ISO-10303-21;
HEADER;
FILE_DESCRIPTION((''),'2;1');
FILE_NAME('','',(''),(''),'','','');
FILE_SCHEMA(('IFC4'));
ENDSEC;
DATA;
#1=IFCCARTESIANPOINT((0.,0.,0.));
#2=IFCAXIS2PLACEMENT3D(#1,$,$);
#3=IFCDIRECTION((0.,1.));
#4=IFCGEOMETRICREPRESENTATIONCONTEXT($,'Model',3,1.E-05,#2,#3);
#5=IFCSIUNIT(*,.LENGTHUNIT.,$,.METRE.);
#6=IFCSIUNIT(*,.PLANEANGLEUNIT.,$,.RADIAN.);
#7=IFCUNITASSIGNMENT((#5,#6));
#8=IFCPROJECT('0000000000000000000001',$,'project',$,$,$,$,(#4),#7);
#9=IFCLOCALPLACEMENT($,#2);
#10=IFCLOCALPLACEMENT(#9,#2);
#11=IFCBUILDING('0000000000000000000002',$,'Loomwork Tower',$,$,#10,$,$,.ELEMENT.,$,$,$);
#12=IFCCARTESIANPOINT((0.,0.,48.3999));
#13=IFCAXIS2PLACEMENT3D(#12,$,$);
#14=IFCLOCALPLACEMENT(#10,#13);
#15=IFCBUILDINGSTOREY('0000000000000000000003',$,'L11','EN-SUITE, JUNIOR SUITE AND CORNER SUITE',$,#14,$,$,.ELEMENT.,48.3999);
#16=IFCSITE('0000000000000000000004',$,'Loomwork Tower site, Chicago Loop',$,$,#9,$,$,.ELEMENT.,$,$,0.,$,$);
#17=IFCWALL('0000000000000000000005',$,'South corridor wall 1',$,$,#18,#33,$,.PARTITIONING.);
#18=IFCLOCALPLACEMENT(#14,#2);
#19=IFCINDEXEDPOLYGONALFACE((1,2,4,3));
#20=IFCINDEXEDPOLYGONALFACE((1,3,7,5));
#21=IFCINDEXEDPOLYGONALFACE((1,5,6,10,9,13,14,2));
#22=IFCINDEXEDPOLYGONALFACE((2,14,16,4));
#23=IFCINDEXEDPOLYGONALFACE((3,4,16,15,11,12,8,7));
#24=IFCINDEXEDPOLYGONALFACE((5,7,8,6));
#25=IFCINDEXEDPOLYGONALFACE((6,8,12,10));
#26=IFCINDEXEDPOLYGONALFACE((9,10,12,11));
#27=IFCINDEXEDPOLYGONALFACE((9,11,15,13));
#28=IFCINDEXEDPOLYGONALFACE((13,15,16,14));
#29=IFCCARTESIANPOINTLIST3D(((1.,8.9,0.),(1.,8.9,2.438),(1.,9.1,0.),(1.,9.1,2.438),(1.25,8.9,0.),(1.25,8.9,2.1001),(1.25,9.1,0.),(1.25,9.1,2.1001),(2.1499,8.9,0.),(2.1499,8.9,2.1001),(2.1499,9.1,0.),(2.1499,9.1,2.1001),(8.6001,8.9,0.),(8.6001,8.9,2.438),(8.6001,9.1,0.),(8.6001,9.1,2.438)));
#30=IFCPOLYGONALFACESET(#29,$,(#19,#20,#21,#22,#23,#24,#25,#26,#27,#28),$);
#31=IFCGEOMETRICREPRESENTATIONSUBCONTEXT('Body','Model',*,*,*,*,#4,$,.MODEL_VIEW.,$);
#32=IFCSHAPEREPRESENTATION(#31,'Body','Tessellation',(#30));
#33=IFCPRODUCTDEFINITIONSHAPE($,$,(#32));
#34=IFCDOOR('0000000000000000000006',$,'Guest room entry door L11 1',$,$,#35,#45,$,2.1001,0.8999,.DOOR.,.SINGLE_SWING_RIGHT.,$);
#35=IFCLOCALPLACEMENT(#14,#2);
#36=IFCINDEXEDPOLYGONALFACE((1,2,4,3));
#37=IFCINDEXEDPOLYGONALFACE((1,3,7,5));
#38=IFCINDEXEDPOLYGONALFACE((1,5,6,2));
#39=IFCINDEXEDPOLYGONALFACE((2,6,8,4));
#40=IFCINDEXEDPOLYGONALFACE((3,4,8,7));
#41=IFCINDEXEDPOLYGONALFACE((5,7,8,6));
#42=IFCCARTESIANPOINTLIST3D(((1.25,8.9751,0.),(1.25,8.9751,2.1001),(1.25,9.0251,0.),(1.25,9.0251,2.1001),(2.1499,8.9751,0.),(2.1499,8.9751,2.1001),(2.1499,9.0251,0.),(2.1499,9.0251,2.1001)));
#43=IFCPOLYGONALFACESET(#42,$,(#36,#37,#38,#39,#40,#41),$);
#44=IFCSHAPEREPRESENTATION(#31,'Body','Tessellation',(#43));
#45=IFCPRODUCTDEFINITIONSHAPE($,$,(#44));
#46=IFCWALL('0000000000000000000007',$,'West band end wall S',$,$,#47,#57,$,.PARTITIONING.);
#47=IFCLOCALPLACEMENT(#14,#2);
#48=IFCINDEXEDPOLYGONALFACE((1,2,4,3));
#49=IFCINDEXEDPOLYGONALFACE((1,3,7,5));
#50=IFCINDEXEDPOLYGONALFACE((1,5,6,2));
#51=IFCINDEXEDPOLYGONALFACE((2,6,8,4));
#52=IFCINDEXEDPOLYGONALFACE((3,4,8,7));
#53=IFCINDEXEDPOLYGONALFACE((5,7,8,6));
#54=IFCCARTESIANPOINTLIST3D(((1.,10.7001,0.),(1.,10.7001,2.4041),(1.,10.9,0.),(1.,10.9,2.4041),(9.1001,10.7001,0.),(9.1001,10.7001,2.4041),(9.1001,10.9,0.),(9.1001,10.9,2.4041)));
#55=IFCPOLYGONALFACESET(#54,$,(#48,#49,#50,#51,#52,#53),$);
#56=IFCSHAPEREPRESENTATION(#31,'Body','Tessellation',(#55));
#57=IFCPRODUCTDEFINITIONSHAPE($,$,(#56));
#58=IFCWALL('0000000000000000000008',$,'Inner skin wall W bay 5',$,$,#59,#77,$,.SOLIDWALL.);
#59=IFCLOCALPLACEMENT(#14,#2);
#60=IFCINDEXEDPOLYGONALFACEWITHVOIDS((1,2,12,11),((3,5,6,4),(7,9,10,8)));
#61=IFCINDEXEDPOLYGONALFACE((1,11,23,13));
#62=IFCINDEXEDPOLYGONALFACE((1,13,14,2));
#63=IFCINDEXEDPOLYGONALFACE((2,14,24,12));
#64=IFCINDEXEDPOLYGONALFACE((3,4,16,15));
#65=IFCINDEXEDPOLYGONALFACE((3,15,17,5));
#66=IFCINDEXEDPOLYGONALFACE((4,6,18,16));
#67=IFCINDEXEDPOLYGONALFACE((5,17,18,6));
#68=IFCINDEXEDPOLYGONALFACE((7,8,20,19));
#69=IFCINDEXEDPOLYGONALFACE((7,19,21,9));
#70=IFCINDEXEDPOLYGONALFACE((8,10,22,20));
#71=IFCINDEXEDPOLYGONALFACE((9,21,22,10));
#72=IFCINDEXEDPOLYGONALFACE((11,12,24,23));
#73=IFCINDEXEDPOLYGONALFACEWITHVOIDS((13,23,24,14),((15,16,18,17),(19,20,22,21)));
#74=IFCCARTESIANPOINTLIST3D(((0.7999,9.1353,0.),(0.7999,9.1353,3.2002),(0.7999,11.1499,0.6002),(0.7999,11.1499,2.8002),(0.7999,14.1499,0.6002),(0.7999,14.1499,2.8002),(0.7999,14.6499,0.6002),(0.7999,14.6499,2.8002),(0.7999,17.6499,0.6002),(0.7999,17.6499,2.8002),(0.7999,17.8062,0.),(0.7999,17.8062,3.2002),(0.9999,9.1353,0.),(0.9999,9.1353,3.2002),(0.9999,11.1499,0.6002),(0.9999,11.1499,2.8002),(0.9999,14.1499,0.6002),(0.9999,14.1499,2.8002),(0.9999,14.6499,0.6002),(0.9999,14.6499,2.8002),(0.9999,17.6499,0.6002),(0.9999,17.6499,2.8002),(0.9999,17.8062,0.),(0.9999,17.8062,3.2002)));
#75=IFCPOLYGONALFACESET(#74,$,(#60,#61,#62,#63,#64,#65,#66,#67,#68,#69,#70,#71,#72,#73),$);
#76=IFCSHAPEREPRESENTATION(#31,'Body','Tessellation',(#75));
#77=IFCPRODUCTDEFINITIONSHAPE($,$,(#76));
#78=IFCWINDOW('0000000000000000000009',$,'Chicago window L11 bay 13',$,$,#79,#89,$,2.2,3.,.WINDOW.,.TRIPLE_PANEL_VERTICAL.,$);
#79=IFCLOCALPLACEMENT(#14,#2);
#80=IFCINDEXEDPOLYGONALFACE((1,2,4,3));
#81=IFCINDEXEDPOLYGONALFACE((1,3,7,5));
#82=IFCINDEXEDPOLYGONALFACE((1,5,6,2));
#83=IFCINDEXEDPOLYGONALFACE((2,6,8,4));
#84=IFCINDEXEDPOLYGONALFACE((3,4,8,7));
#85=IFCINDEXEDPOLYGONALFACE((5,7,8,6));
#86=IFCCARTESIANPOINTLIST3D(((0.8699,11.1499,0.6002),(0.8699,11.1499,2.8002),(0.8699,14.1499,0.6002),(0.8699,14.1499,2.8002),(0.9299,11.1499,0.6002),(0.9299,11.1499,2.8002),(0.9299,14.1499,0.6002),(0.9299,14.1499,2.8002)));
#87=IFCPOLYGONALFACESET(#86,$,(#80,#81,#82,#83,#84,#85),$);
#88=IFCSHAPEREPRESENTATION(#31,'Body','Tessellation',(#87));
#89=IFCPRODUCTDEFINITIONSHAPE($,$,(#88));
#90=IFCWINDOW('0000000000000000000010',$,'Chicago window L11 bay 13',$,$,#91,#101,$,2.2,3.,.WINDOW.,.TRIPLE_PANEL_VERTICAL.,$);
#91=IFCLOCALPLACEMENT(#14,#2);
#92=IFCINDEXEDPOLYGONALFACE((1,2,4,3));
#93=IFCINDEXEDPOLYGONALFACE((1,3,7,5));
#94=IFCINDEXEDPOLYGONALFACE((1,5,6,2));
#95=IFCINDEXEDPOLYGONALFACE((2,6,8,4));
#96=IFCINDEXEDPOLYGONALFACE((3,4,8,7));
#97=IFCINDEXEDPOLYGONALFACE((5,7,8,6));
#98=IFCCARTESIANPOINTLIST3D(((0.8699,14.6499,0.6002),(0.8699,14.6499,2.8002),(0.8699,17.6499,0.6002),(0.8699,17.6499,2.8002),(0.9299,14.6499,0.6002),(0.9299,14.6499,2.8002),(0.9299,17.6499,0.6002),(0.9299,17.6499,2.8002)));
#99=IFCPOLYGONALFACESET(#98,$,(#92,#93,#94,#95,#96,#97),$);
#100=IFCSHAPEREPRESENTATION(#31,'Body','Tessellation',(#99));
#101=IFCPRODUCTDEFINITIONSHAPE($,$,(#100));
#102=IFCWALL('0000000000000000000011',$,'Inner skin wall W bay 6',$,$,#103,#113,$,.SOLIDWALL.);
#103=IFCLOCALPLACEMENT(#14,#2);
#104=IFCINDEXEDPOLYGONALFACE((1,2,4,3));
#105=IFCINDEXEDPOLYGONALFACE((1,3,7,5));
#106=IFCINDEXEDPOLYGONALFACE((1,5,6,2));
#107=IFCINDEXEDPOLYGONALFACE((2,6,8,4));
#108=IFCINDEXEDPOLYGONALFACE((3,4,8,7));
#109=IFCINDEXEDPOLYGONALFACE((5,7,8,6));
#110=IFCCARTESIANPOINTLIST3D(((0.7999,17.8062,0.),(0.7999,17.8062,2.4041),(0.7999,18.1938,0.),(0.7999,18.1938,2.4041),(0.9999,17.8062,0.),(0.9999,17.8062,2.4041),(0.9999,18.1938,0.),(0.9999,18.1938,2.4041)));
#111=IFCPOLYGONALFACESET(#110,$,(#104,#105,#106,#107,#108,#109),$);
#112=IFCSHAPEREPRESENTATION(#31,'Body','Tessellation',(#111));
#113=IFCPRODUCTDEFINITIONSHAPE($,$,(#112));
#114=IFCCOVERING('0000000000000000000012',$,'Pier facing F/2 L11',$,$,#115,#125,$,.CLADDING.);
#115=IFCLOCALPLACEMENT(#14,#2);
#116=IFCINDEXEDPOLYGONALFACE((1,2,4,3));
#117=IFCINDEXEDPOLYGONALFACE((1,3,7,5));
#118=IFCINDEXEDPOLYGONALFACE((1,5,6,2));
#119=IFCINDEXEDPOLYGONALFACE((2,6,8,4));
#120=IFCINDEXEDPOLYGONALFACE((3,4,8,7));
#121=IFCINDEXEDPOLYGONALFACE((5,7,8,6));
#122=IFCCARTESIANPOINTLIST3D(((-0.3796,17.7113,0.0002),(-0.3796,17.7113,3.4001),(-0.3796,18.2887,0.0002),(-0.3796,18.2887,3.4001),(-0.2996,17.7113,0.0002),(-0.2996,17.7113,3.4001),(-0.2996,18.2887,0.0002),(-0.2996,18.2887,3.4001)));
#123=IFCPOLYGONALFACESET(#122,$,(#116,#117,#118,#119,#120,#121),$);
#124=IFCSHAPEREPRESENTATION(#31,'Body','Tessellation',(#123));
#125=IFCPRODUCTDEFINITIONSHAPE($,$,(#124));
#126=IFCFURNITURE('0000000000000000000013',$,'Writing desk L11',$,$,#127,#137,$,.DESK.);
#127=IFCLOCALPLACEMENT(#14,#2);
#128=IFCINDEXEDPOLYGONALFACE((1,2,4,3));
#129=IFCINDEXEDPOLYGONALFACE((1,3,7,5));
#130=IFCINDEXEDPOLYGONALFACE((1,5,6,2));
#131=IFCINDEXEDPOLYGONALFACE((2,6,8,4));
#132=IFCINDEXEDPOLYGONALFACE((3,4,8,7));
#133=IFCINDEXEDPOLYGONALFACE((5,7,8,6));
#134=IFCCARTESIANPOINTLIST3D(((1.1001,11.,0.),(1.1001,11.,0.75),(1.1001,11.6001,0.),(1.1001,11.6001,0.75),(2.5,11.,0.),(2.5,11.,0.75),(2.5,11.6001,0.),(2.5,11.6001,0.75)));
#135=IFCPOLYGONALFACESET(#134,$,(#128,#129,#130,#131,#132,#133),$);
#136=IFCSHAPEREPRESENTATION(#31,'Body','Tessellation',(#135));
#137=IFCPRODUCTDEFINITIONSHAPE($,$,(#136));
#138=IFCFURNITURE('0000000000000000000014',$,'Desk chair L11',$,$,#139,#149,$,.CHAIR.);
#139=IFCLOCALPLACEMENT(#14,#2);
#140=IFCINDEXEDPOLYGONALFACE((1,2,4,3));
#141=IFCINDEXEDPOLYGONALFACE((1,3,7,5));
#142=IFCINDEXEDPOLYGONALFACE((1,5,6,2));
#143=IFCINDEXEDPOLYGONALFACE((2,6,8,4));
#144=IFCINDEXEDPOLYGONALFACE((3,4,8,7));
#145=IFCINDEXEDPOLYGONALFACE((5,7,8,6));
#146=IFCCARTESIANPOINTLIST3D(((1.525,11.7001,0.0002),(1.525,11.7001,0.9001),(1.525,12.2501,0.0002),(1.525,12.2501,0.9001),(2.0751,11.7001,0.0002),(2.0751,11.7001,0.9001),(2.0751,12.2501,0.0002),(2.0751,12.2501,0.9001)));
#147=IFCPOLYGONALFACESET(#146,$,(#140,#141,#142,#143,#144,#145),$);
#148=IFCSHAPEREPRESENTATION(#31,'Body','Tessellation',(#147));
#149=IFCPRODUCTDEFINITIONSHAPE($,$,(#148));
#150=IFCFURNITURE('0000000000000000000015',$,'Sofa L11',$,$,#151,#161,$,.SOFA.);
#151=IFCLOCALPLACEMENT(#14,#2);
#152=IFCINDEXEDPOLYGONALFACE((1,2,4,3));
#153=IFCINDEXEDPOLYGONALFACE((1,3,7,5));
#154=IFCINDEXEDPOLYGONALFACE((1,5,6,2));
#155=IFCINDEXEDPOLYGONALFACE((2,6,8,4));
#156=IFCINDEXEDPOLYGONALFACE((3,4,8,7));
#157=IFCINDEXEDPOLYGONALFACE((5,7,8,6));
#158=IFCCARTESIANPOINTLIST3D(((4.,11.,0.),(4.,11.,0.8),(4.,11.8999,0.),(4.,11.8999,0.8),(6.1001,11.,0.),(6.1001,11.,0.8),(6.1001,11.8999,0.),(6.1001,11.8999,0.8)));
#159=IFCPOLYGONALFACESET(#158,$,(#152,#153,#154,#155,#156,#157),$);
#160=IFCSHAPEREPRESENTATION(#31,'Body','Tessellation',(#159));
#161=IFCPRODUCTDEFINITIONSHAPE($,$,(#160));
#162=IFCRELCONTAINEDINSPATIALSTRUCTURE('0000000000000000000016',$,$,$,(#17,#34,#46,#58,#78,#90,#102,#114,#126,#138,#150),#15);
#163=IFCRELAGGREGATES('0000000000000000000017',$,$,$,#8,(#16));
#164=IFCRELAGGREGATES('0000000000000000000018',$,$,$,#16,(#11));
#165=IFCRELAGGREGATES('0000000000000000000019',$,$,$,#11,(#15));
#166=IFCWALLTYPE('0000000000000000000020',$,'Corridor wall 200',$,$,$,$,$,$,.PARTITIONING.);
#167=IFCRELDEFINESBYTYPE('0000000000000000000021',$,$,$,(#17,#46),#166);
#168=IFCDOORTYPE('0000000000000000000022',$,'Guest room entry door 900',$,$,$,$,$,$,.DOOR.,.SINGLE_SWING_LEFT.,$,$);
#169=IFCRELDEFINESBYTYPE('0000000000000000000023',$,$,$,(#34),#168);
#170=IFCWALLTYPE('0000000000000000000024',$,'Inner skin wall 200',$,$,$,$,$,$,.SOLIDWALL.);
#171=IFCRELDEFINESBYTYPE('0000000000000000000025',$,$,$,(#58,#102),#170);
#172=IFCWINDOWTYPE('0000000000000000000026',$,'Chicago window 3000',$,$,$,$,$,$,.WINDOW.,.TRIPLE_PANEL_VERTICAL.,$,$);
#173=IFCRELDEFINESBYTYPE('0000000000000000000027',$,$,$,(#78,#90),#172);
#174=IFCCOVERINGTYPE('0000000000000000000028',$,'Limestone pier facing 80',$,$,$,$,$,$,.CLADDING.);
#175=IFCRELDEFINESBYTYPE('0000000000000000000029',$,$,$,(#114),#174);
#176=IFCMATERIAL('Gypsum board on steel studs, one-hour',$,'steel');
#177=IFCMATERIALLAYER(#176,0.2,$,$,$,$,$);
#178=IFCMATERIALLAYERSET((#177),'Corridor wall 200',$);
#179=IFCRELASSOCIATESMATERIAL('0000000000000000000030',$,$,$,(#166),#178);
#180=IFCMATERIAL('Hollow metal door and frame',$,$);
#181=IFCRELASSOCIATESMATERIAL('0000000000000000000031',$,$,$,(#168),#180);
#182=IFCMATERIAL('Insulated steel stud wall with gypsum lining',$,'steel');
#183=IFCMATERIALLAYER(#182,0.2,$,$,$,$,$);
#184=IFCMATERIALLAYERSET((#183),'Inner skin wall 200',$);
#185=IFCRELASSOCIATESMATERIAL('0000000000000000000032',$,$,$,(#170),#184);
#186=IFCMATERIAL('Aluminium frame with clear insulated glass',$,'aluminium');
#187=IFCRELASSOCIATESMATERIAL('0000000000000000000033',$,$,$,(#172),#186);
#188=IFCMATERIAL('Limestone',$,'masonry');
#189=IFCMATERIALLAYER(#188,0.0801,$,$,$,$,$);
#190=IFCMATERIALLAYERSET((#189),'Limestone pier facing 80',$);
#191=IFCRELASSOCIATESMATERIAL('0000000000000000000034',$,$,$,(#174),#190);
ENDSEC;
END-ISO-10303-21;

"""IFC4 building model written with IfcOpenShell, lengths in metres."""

from ifc_helpers import new_model, si_unit, direction, frame, frame_2d, origin, origin_2d, place, context, subcontext, project, spatial, rectangle, extrude, material, layer, layer_set, type_object, element, fill, save


model = new_model("IFC4")

# Units and contexts
model_context = context("Model", 3, precision=1e-05, world=origin(), true_north=direction((0.0, 1.0)))
body_context = subcontext(model_context, "Body", "Model", "MODEL_VIEW")
ifc_project = project(units=[si_unit("LENGTHUNIT", "METRE"), si_unit("PLANEANGLEUNIT", "RADIAN")], contexts=[model_context])

# Site, building, storey
site_placement = place(None, origin())
site = spatial("IfcSite", under=ifc_project, at=site_placement, Name="Loomwork Tower site, Chicago Loop", CompositionType="ELEMENT", RefElevation=0.0)
building_placement = place(site_placement, origin())
building = spatial("IfcBuilding", under=site, at=building_placement, Name="Loomwork Tower", CompositionType="ELEMENT")
storey_placement = place(building_placement, frame((0.0, 0.0, 48.3999)))
storey = spatial("IfcBuildingStorey", under=building, at=storey_placement, Name="L11", Description="EN-SUITE, JUNIOR SUITE AND CORNER SUITE", CompositionType="ELEMENT", Elevation=48.3999)

# Wall, opening, door
ifc_material_1 = material(Name="Gypsum board on steel studs, one-hour", Category="steel")
ifc_layer_1 = layer(ifc_material_1, 0.2)
ifc_layer_set_1 = layer_set([ifc_layer_1], Name="Corridor wall 200")
wall_type_1 = type_object("IfcWallType", Name="Corridor wall 200", PredefinedType="PARTITIONING", material=ifc_layer_set_1)
wall_1_placement = place(storey_placement, frame((1.0, 9.0, 0.0), z_axis=(0.0, 0.0, 1.0), x_axis=(1.0, 0.0, 0.0)))
wall_1 = element("IfcWall", 1, at=wall_1_placement, inside=storey, type_object=wall_type_1, Name="South corridor wall 1", PredefinedType="PARTITIONING", context=body_context, shape_type="SweptSolid", body=[
    extrude(rectangle(XDim=7.6001, YDim=0.2, at=frame_2d((3.8, 0.0))), origin(), (0.0, 0.0, 1.0), 2.438),
])
opening_1_placement = place(wall_1_placement, frame((0.25, 0.0, 0.0)))
opening_1 = element("IfcOpeningElement", 2, at=opening_1_placement, cuts=wall_1, PredefinedType="OPENING", context=body_context, shape_type="SweptSolid", body=[
    extrude(rectangle(XDim=0.8999, YDim=2.1001, at=frame_2d((0.45, 1.05))), frame((0.0, 0.1099, 0.0), z_axis=(0.0, -1.0, 0.0), x_axis=(1.0, 0.0, 0.0)), (0.0, 0.0, 1.0), 0.22),
])
ifc_material_2 = material(Name="Hollow metal door and frame")
door_type = type_object("IfcDoorType", Name="Guest room entry door 900", OperationType="SINGLE_SWING_LEFT", PredefinedType="DOOR", material=ifc_material_2)
door_placement = place(opening_1_placement, frame((0.8999, 0.0, 0.0), z_axis=(0.0, 0.0, 1.0), x_axis=(-1.0, 0.0, 0.0)))
door = element("IfcDoor", 3, at=door_placement, inside=storey, type_object=door_type, Name="Guest room entry door L11 1", OperationType="SINGLE_SWING_RIGHT", OverallHeight=2.1001, OverallWidth=0.8999, PredefinedType="DOOR", context=body_context, shape_type="SweptSolid", body=[
    extrude(rectangle(XDim=0.8999, YDim=2.1001, at=frame_2d((0.45, 1.05))), frame((0.0, 0.0249, 0.0), z_axis=(0.0, -1.0, 0.0), x_axis=(1.0, 0.0, 0.0)), (0.0, 0.0, 1.0), 0.05),
])
fill(opening_1, door)

# Wall
wall_2_placement = place(storey_placement, frame((1.0, 10.8, 0.0), z_axis=(0.0, 0.0, 1.0), x_axis=(1.0, 0.0, 0.0)))
element("IfcWall", 4, at=wall_2_placement, inside=storey, type_object=wall_type_1, Name="West band end wall S", PredefinedType="PARTITIONING", context=body_context, shape_type="SweptSolid", body=[
    extrude(rectangle(XDim=8.1001, YDim=0.2, at=frame_2d((4.05, 0.0))), origin(), (0.0, 0.0, 1.0), 2.4041),
])

# Wall, openings, windows
ifc_material_3 = material(Name="Insulated steel stud wall with gypsum lining", Category="steel")
ifc_layer_2 = layer(ifc_material_3, 0.2)
ifc_layer_set_2 = layer_set([ifc_layer_2], Name="Inner skin wall 200")
wall_type_2 = type_object("IfcWallType", Name="Inner skin wall 200", PredefinedType="SOLIDWALL", material=ifc_layer_set_2)
wall_3_placement = place(storey_placement, frame((0.8999, 9.1353, 0.0), z_axis=(0.0, 0.0, 1.0), x_axis=(0.0, 1.0, 0.0)))
wall_3 = element("IfcWall", 5, at=wall_3_placement, inside=storey, type_object=wall_type_2, Name="Inner skin wall W bay 5", PredefinedType="SOLIDWALL", context=body_context, shape_type="SweptSolid", body=[
    extrude(rectangle(XDim=8.6709, YDim=0.2, at=frame_2d((4.3354, 0.0))), origin(), (0.0, 0.0, 1.0), 3.2002),
])
opening_2_placement = place(wall_3_placement, frame((2.0146, 0.0, 0.6001)))
opening_2 = element("IfcOpeningElement", 6, at=opening_2_placement, cuts=wall_3, PredefinedType="OPENING", context=body_context, shape_type="SweptSolid", body=[
    extrude(rectangle(XDim=3.0, YDim=2.2, at=frame_2d((1.5, 1.1001))), frame((0.0, 0.1099, 0.0), z_axis=(0.0, -1.0, 0.0), x_axis=(1.0, 0.0, 0.0)), (0.0, 0.0, 1.0), 0.22),
])
opening_3_placement = place(wall_3_placement, frame((5.5146, 0.0, 0.6001)))
opening_3 = element("IfcOpeningElement", 7, at=opening_3_placement, cuts=wall_3, PredefinedType="OPENING", context=body_context, shape_type="SweptSolid", body=[
    extrude(rectangle(XDim=3.0, YDim=2.2, at=frame_2d((1.5, 1.1001))), frame((0.0, 0.1099, 0.0), z_axis=(0.0, -1.0, 0.0), x_axis=(1.0, 0.0, 0.0)), (0.0, 0.0, 1.0), 0.22),
])
ifc_material_4 = material(Name="Aluminium frame with clear insulated glass", Category="aluminium")
window_type = type_object("IfcWindowType", Name="Chicago window 3000", PartitioningType="TRIPLE_PANEL_VERTICAL", PredefinedType="WINDOW", material=ifc_material_4)
window_1_placement = place(opening_2_placement, origin())
window_1 = element("IfcWindow", 8, at=window_1_placement, inside=storey, type_object=window_type, Name="Chicago window L11 bay 13", OverallHeight=2.2, OverallWidth=3.0, PartitioningType="TRIPLE_PANEL_VERTICAL", PredefinedType="WINDOW", context=body_context, shape_type="SweptSolid", body=[
    extrude(rectangle(XDim=3.0, YDim=2.2, at=frame_2d((1.5, 1.1001))), frame((0.0, 0.03, 0.0), z_axis=(0.0, -1.0, 0.0), x_axis=(1.0, 0.0, 0.0)), (0.0, 0.0, 1.0), 0.0601),
])
fill(opening_2, window_1)
window_2_placement = place(opening_3_placement, origin())
window_2 = element("IfcWindow", 9, at=window_2_placement, inside=storey, type_object=window_type, Name="Chicago window L11 bay 13", OverallHeight=2.2, OverallWidth=3.0, PartitioningType="TRIPLE_PANEL_VERTICAL", PredefinedType="WINDOW", context=body_context, shape_type="SweptSolid", body=[
    extrude(rectangle(XDim=3.0, YDim=2.2, at=frame_2d((1.5, 1.1001))), frame((0.0, 0.03, 0.0), z_axis=(0.0, -1.0, 0.0), x_axis=(1.0, 0.0, 0.0)), (0.0, 0.0, 1.0), 0.0601),
])
fill(opening_3, window_2)

# Wall
wall_4_placement = place(storey_placement, frame((0.8999, 17.8062, 0.0), z_axis=(0.0, 0.0, 1.0), x_axis=(0.0, 1.0, 0.0)))
element("IfcWall", 10, at=wall_4_placement, inside=storey, type_object=wall_type_2, Name="Inner skin wall W bay 6", PredefinedType="SOLIDWALL", context=body_context, shape_type="SweptSolid", body=[
    extrude(rectangle(XDim=0.3877, YDim=0.2, at=frame_2d((0.1938, 0.0))), origin(), (0.0, 0.0, 1.0), 2.4041),
])

# Covering
ifc_material_5 = material(Name="Limestone", Category="masonry")
ifc_layer_3 = layer(ifc_material_5, 0.0801)
ifc_layer_set_3 = layer_set([ifc_layer_3], Name="Limestone pier facing 80")
covering_type = type_object("IfcCoveringType", Name="Limestone pier facing 80", PredefinedType="CLADDING", material=ifc_layer_set_3)
covering_placement = place(storey_placement, frame((-0.3396, 18.0, 0.0002), z_axis=(0.0, 0.0, 1.0), x_axis=(1.0, 0.0, 0.0)))
element("IfcCovering", 11, at=covering_placement, inside=storey, type_object=covering_type, Name="Pier facing F/2 L11", PredefinedType="CLADDING", context=body_context, shape_type="SweptSolid", body=[
    extrude(rectangle(XDim=0.0801, YDim=0.5774, at=origin_2d()), origin(), (0.0, 0.0, 1.0), 3.3999),
])

# Furniture
furniture_1_placement = place(storey_placement, frame((1.8, 11.3, 0.0), z_axis=(0.0, 0.0, 1.0), x_axis=(1.0, 0.0, 0.0)))
element("IfcFurniture", 12, at=furniture_1_placement, inside=storey, Name="Writing desk L11", PredefinedType="DESK", context=body_context, shape_type="SweptSolid", body=[
    extrude(rectangle(XDim=1.3999, YDim=0.6001, at=origin_2d()), origin(), (0.0, 0.0, 1.0), 0.75),
])
furniture_2_placement = place(storey_placement, frame((1.8, 11.9751, 0.0002), z_axis=(0.0, 0.0, 1.0), x_axis=(1.0, 0.0, 0.0)))
element("IfcFurniture", 13, at=furniture_2_placement, inside=storey, Name="Desk chair L11", PredefinedType="CHAIR", context=body_context, shape_type="SweptSolid", body=[
    extrude(rectangle(XDim=0.55, YDim=0.55, at=origin_2d()), origin(), (0.0, 0.0, 1.0), 0.8999),
])
furniture_3_placement = place(storey_placement, frame((5.05, 11.45, 0.0), z_axis=(0.0, 0.0, 1.0), x_axis=(1.0, 0.0, 0.0)))
element("IfcFurniture", 14, at=furniture_3_placement, inside=storey, Name="Sofa L11", PredefinedType="SOFA", context=body_context, shape_type="SweptSolid", body=[
    extrude(rectangle(XDim=2.1001, YDim=0.8999, at=origin_2d()), origin(), (0.0, 0.0, 1.0), 0.8),
])

save(model, "model.ifc")
